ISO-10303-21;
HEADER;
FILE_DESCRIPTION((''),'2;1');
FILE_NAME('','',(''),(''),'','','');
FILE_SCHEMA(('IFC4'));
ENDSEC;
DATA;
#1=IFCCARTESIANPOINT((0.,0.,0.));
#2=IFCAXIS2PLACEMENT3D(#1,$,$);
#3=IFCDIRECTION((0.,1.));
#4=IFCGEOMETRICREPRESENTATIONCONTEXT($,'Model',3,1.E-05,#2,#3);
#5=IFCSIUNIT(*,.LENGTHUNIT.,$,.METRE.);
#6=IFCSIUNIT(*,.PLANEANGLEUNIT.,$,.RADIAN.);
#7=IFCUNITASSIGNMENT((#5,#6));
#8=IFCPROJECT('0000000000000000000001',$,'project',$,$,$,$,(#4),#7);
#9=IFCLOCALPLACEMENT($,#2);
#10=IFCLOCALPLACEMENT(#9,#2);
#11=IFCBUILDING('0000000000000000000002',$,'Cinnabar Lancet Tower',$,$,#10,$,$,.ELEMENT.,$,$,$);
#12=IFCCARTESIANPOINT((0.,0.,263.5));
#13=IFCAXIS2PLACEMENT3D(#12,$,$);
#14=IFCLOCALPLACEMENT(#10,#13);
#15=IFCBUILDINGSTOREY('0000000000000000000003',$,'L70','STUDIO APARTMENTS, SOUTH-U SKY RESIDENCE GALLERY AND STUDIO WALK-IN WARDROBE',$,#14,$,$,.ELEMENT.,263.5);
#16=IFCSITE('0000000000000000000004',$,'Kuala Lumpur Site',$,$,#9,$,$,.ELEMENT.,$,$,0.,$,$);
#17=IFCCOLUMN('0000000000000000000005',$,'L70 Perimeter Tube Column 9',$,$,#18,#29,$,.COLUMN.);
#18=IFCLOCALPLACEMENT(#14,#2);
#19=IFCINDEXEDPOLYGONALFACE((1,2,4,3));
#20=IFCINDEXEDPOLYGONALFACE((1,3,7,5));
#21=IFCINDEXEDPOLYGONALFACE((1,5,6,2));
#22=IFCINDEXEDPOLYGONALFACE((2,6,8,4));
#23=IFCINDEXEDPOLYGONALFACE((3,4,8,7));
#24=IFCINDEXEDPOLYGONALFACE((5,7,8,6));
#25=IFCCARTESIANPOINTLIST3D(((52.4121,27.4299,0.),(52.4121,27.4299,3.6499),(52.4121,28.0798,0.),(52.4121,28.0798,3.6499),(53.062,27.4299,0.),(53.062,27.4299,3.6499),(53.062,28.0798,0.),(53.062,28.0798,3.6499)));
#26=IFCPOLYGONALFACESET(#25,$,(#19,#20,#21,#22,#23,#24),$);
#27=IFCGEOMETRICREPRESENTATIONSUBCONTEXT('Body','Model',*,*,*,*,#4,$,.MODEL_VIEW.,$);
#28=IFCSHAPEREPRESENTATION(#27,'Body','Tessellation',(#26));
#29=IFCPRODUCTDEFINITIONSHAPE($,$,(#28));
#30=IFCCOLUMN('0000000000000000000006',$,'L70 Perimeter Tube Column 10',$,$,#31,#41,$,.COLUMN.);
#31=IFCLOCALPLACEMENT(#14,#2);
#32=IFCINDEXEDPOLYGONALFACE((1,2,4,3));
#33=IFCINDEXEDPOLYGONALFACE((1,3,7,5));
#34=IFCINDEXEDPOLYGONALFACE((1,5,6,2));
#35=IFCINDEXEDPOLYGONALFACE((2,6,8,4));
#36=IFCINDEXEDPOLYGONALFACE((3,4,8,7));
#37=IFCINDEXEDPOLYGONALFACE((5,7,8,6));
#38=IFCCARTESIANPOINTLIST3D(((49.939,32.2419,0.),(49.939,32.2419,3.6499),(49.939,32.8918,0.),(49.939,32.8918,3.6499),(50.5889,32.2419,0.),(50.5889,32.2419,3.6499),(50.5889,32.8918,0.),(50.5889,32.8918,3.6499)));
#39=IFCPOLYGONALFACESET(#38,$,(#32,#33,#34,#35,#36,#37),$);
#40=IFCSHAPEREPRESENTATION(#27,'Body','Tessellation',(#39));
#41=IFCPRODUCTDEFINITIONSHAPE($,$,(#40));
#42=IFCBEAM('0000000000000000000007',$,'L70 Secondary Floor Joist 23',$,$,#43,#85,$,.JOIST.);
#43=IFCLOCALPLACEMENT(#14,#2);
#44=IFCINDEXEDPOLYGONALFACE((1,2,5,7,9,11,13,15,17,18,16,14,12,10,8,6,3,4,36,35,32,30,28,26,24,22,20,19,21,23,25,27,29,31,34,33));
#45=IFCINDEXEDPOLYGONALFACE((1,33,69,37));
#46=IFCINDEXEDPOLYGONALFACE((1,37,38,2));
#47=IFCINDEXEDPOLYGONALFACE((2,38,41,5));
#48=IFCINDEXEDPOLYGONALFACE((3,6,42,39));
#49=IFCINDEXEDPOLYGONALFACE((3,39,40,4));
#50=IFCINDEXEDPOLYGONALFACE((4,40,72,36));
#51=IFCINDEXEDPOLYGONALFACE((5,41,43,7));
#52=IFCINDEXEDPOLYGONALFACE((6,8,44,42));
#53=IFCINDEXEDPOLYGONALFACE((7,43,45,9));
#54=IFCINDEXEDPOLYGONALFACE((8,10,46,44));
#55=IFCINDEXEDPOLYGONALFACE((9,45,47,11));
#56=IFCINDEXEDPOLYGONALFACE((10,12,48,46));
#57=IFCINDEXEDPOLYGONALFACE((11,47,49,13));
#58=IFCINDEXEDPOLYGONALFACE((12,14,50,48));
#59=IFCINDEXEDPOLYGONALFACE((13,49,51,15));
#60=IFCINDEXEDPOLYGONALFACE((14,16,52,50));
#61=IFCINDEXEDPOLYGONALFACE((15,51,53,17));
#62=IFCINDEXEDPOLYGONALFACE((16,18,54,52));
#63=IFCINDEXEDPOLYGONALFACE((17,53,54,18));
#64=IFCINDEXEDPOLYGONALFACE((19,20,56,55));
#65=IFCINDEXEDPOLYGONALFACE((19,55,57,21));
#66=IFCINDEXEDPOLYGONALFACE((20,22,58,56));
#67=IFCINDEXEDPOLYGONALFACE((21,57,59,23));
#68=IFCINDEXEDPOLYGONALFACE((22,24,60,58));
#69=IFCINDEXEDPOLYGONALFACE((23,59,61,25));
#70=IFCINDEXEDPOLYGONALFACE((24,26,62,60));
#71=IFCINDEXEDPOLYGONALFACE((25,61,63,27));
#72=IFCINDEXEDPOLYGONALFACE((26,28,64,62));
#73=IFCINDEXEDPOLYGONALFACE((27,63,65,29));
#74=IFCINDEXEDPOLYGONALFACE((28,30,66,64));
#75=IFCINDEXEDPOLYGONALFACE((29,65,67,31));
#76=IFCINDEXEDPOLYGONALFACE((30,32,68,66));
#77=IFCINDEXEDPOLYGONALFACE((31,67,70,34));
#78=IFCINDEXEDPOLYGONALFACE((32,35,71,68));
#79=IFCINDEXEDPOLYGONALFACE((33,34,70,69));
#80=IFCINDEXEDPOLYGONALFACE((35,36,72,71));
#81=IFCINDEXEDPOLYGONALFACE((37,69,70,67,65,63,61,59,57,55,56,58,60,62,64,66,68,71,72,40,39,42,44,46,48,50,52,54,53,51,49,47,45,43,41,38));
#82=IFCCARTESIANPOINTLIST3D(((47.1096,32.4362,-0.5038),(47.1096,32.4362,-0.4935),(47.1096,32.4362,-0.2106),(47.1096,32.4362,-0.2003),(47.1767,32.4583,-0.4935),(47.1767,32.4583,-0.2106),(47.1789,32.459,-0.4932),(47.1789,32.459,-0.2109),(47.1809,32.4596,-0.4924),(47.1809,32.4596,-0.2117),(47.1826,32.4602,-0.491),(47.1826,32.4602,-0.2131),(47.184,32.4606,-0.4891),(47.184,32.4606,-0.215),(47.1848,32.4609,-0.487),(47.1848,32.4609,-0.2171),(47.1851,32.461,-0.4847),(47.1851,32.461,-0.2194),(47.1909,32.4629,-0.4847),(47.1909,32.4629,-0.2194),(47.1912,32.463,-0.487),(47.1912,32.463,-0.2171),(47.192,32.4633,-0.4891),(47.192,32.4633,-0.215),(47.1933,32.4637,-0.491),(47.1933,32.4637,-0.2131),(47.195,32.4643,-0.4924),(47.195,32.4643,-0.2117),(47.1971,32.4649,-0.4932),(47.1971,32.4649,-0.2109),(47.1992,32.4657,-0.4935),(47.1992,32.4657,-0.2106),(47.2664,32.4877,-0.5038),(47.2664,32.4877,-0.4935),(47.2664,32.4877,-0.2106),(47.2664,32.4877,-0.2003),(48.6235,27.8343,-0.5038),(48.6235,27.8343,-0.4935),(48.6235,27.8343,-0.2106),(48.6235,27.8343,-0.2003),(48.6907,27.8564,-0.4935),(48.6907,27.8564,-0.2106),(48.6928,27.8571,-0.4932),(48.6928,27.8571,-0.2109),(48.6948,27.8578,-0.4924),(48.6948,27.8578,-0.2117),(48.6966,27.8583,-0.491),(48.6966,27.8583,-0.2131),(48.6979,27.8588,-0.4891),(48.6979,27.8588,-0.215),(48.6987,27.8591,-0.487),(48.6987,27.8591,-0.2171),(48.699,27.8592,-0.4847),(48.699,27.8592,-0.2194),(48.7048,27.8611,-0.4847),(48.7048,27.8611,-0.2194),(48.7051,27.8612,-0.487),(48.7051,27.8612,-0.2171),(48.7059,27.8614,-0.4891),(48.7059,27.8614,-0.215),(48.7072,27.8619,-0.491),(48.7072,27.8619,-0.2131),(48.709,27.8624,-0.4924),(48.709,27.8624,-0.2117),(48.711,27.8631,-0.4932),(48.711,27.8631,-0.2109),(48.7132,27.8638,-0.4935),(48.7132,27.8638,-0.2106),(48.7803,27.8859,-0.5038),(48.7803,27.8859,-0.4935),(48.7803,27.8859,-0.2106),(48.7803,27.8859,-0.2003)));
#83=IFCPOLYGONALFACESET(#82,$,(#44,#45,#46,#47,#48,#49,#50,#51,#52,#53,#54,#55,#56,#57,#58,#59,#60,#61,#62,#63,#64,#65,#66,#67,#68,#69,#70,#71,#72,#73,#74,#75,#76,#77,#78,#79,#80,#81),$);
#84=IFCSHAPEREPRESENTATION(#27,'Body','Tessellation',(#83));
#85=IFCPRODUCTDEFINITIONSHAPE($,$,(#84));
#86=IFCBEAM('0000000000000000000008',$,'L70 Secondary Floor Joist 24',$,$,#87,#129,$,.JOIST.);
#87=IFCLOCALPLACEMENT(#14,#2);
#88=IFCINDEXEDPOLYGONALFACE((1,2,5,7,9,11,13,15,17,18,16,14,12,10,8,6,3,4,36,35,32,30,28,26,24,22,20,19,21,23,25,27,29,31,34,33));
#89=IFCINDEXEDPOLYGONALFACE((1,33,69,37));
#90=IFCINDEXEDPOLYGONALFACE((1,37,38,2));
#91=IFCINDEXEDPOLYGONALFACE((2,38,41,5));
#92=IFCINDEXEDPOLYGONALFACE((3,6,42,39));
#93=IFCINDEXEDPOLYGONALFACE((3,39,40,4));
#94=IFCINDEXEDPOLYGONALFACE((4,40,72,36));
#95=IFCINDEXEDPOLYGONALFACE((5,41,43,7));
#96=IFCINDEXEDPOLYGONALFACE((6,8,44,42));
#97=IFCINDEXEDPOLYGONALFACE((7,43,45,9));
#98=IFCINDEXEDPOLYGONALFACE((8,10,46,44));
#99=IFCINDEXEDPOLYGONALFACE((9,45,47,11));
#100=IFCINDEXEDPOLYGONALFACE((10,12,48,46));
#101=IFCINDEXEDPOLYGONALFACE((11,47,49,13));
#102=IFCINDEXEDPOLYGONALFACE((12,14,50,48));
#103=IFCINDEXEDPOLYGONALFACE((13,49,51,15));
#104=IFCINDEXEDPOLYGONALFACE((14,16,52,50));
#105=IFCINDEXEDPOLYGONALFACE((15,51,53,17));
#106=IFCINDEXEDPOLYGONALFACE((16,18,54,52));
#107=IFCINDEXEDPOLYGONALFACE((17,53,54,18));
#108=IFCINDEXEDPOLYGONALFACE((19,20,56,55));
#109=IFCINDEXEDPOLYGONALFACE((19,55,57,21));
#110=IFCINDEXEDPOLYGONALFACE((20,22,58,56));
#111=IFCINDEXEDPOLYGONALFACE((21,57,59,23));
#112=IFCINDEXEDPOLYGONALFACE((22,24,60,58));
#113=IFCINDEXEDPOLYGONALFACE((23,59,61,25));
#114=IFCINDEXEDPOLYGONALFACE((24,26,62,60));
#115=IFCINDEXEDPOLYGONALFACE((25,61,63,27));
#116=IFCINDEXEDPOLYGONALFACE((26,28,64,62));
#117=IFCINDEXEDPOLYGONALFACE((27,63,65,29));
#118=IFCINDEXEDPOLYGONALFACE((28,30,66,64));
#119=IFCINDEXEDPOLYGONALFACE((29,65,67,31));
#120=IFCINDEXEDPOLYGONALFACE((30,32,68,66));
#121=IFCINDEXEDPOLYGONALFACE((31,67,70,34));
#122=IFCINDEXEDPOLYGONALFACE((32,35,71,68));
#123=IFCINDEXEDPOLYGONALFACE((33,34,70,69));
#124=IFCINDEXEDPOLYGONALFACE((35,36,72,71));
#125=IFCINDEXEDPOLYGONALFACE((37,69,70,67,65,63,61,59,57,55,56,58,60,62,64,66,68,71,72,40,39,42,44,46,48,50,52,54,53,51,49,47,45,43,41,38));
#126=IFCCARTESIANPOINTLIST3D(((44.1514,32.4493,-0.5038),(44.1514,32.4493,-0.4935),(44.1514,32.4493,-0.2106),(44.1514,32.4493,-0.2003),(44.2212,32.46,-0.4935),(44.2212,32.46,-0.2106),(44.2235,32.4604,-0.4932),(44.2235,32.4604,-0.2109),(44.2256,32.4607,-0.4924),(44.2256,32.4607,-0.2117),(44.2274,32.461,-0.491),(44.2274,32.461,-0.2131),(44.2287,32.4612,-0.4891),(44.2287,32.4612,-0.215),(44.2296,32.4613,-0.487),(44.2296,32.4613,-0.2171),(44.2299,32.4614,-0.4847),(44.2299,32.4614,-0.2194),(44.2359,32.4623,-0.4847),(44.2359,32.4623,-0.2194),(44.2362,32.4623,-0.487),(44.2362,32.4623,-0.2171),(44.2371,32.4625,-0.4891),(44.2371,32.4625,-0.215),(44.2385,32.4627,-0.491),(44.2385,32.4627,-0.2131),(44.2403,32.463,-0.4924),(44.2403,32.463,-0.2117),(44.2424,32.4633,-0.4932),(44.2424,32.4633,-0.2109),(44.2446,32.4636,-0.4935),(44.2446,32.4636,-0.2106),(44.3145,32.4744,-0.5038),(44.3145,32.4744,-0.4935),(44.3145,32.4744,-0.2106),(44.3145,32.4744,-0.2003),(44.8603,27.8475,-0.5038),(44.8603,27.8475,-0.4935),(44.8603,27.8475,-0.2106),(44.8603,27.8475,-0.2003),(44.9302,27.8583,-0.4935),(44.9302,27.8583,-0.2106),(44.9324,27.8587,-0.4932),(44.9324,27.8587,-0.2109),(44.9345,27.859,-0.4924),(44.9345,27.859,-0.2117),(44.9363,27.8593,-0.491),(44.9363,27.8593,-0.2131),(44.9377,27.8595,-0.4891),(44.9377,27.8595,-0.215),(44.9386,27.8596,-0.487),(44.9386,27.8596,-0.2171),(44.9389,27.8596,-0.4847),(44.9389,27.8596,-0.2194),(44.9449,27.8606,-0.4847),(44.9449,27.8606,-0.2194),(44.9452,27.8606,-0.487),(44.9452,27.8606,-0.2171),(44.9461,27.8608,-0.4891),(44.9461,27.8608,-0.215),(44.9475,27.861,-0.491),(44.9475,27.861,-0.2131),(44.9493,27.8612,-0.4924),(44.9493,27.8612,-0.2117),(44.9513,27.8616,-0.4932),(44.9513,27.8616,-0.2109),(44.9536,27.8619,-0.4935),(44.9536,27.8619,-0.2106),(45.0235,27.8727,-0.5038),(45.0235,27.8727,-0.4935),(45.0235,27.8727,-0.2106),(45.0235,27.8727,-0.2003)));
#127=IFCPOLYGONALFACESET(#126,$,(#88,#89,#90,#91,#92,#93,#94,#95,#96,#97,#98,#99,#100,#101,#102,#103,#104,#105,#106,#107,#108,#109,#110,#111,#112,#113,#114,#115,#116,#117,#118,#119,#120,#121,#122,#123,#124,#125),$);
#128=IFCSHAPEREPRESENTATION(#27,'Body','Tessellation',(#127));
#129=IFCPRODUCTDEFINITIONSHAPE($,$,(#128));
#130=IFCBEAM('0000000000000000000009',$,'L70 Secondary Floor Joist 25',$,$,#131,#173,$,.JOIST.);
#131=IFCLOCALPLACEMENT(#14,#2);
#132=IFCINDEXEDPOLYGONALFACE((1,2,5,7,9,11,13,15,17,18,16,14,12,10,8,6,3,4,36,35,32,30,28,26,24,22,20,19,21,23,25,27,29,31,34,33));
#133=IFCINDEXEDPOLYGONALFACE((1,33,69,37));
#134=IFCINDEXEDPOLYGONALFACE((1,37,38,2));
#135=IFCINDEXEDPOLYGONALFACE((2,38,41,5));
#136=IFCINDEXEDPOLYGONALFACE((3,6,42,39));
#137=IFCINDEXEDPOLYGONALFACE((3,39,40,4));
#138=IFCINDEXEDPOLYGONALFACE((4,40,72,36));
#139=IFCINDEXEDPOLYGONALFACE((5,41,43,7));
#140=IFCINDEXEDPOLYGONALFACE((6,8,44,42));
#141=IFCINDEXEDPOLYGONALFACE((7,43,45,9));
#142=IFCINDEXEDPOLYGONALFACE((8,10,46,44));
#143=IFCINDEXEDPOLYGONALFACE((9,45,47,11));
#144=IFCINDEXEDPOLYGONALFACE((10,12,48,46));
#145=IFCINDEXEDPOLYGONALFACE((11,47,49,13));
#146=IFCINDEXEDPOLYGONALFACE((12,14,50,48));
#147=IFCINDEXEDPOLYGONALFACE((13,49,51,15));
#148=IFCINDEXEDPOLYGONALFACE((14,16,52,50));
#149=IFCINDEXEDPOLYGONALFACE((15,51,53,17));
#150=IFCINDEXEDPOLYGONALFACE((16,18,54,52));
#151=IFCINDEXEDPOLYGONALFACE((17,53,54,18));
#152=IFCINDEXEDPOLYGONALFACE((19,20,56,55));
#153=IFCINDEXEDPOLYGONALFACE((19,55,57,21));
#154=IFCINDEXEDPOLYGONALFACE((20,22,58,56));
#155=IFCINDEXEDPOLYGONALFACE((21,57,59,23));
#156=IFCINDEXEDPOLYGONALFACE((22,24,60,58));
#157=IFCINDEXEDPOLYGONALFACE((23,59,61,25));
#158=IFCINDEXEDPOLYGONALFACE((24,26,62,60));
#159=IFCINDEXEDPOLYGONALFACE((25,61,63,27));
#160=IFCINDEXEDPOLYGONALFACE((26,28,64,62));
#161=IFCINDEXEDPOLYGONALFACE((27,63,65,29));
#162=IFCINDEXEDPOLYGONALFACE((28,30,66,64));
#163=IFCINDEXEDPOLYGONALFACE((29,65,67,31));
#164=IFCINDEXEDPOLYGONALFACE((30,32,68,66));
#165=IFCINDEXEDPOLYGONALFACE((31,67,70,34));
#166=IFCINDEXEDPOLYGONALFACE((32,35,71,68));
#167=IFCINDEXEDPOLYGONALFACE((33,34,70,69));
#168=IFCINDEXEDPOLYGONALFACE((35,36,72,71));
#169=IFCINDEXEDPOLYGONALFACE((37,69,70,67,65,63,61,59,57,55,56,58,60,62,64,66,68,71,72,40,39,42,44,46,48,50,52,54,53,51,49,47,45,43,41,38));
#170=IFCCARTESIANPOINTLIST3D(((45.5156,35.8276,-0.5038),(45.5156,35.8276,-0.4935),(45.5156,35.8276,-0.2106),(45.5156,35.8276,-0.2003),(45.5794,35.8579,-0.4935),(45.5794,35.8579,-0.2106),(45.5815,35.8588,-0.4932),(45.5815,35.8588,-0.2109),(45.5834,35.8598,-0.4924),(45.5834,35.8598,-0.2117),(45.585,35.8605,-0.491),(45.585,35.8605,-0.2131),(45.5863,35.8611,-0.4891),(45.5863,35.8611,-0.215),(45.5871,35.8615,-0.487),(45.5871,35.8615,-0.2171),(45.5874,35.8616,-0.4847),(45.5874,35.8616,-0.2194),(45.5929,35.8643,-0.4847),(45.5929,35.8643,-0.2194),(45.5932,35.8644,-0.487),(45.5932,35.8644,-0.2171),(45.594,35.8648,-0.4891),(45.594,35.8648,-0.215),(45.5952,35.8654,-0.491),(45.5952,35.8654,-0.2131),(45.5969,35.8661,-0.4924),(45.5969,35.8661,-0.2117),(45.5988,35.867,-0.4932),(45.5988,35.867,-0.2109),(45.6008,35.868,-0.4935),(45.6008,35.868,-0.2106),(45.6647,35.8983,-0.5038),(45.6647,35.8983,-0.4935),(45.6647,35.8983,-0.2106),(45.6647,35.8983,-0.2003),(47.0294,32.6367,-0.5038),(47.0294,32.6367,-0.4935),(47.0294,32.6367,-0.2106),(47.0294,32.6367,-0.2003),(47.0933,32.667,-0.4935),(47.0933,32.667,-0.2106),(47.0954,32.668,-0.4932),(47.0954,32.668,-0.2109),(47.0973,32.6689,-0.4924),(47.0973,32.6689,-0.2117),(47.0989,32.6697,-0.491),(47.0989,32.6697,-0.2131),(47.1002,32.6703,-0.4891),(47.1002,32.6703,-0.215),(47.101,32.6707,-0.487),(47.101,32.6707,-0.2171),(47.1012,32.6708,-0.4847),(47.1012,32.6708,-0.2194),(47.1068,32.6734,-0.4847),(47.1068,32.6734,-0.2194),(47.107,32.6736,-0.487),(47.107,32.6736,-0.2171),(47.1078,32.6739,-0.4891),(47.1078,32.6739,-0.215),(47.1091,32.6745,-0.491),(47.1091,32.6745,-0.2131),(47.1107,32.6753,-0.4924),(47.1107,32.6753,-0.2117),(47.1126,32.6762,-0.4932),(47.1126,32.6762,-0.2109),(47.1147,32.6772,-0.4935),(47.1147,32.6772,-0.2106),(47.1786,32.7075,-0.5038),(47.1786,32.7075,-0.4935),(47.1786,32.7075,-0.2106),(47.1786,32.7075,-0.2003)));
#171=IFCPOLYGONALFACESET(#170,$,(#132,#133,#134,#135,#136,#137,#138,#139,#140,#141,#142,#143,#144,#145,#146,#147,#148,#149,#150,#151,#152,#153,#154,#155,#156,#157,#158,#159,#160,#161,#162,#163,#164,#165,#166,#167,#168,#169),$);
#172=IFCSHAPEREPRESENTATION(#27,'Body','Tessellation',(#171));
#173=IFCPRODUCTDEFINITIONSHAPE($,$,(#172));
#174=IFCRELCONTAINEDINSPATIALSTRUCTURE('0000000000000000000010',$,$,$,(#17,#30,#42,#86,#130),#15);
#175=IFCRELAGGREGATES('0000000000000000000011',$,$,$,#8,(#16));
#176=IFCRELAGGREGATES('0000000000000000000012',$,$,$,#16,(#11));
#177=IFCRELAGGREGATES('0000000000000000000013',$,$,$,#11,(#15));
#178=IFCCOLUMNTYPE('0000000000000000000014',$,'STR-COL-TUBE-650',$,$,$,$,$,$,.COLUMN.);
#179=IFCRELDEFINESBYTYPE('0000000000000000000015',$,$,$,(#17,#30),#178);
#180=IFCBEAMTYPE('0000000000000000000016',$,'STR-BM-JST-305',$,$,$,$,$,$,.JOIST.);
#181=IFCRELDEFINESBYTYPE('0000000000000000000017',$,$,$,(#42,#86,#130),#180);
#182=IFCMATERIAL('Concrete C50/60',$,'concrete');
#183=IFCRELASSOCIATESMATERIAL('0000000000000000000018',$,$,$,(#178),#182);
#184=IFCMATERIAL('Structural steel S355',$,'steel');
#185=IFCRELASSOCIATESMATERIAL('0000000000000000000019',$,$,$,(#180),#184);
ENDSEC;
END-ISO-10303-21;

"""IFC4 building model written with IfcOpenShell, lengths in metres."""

from ifc_helpers import new_model, si_unit, direction, frame, origin, origin_2d, place, context, subcontext, project, spatial, rectangle, i_section, extrude, material, material_profile, profile_set, type_object, element, save


model = new_model("IFC4")

# Units and contexts
model_context = context("Model", 3, precision=1e-05, world=origin(), true_north=direction((0.0, 1.0)))
body_context = subcontext(model_context, "Body", "Model", "MODEL_VIEW")
ifc_project = project(units=[si_unit("LENGTHUNIT", "METRE"), si_unit("PLANEANGLEUNIT", "RADIAN")], contexts=[model_context])

# Site, building, storey
site_placement = place(None, origin())
site = spatial("IfcSite", under=ifc_project, at=site_placement, Name="Kuala Lumpur Site", CompositionType="ELEMENT", RefElevation=0.0)
building_placement = place(site_placement, origin())
building = spatial("IfcBuilding", under=site, at=building_placement, Name="Cinnabar Lancet Tower", CompositionType="ELEMENT")
storey_placement = place(building_placement, frame((0.0, 0.0, 263.5)))
storey = spatial("IfcBuildingStorey", under=building, at=storey_placement, Name="L70", Description="STUDIO APARTMENTS, SOUTH-U SKY RESIDENCE GALLERY AND STUDIO WALK-IN WARDROBE", CompositionType="ELEMENT", Elevation=263.5)

# Columns
ifc_material_1 = material(Name="Concrete C50/60", Category="concrete")
ifc_material_profile_1 = material_profile(ifc_material_1, rectangle(XDim=0.6499, YDim=0.6499, at=origin_2d()), Name="RC-COL 650x650")
ifc_profile_set_1 = profile_set([ifc_material_profile_1], Name="Concrete C50/60")
column_type = type_object("IfcColumnType", Name="STR-COL-TUBE-650", PredefinedType="COLUMN", material=ifc_profile_set_1)
for number, where, z_axis, x_axis, name in (
    (1, (52.7371, 27.7549, 0.0), (0.0, 0.0, 1.0), (1.0, 0.0, 0.0), "L70 Perimeter Tube Column 9"),
    (2, (50.2639, 32.5669, 0.0), (0.0, 0.0, 1.0), (1.0, 0.0, 0.0), "L70 Perimeter Tube Column 10"),
):
    element("IfcColumn", number, at=place(storey_placement, frame(where, z_axis=z_axis, x_axis=x_axis)), inside=storey, type_object=column_type, Name=name, PredefinedType="COLUMN", context=body_context, shape_type="SweptSolid", body=[
        extrude(rectangle(XDim=0.6499, YDim=0.6499, at=origin_2d()), origin(), (0.0, 0.0, 1.0), 3.6499),
    ])

# Beams
ifc_material_2 = material(Name="Structural steel S355", Category="steel")
ifc_material_profile_2 = material_profile(ifc_material_2, i_section(OverallWidth=0.165, OverallDepth=0.3035, WebThickness=0.0061, FlangeThickness=0.0103, FilletRadius=0.0088, at=origin_2d()), Name="UKB 305x165x40")
ifc_profile_set_2 = profile_set([ifc_material_profile_2], Name="Structural steel S355")
beam_type_1 = type_object("IfcBeamType", Name="STR-BM-JST-305", PredefinedType="JOIST", material=ifc_profile_set_2)
beam_1_placement = place(storey_placement, frame((48.7019, 27.8601, -0.3521), z_axis=(-0.312506, 0.949916, 0.0), x_axis=(-0.949916, -0.312506, 0.0)))
element("IfcBeam", 3, at=beam_1_placement, inside=storey, type_object=beam_type_1, Name="L70 Secondary Floor Joist 23", PredefinedType="JOIST", context=body_context, shape_type="SweptSolid", body=[
    extrude(i_section(OverallWidth=0.165, OverallDepth=0.3035, WebThickness=0.0061, FlangeThickness=0.0103, FilletRadius=0.0088, at=origin_2d()), origin(), (0.0, 0.0, 1.0), 4.8445),
])
beam_2_placement = place(storey_placement, frame((44.9419, 27.8601, -0.3521), z_axis=(-0.15227, 0.988339, 0.0), x_axis=(-0.988339, -0.15227, 0.0)))
element("IfcBeam", 4, at=beam_2_placement, inside=storey, type_object=beam_type_1, Name="L70 Secondary Floor Joist 24", PredefinedType="JOIST", context=body_context, shape_type="SweptSolid", body=[
    extrude(i_section(OverallWidth=0.165, OverallDepth=0.3035, WebThickness=0.0061, FlangeThickness=0.0103, FilletRadius=0.0088, at=origin_2d()), origin(), (0.0, 0.0, 1.0), 4.656),
])
beam_3_placement = place(storey_placement, frame((47.104, 32.6721, -0.3521), z_axis=(-0.428648, 0.903472, 0.0), x_axis=(-0.903472, -0.428648, 0.0)))
element("IfcBeam", 5, at=beam_3_placement, inside=storey, type_object=beam_type_1, Name="L70 Secondary Floor Joist 25", PredefinedType="JOIST", context=body_context, shape_type="SweptSolid", body=[
    extrude(i_section(OverallWidth=0.165, OverallDepth=0.3035, WebThickness=0.0061, FlangeThickness=0.0103, FilletRadius=0.0088, at=origin_2d()), origin(), (0.0, 0.0, 1.0), 3.5317),
])

save(model, "model.ifc")
